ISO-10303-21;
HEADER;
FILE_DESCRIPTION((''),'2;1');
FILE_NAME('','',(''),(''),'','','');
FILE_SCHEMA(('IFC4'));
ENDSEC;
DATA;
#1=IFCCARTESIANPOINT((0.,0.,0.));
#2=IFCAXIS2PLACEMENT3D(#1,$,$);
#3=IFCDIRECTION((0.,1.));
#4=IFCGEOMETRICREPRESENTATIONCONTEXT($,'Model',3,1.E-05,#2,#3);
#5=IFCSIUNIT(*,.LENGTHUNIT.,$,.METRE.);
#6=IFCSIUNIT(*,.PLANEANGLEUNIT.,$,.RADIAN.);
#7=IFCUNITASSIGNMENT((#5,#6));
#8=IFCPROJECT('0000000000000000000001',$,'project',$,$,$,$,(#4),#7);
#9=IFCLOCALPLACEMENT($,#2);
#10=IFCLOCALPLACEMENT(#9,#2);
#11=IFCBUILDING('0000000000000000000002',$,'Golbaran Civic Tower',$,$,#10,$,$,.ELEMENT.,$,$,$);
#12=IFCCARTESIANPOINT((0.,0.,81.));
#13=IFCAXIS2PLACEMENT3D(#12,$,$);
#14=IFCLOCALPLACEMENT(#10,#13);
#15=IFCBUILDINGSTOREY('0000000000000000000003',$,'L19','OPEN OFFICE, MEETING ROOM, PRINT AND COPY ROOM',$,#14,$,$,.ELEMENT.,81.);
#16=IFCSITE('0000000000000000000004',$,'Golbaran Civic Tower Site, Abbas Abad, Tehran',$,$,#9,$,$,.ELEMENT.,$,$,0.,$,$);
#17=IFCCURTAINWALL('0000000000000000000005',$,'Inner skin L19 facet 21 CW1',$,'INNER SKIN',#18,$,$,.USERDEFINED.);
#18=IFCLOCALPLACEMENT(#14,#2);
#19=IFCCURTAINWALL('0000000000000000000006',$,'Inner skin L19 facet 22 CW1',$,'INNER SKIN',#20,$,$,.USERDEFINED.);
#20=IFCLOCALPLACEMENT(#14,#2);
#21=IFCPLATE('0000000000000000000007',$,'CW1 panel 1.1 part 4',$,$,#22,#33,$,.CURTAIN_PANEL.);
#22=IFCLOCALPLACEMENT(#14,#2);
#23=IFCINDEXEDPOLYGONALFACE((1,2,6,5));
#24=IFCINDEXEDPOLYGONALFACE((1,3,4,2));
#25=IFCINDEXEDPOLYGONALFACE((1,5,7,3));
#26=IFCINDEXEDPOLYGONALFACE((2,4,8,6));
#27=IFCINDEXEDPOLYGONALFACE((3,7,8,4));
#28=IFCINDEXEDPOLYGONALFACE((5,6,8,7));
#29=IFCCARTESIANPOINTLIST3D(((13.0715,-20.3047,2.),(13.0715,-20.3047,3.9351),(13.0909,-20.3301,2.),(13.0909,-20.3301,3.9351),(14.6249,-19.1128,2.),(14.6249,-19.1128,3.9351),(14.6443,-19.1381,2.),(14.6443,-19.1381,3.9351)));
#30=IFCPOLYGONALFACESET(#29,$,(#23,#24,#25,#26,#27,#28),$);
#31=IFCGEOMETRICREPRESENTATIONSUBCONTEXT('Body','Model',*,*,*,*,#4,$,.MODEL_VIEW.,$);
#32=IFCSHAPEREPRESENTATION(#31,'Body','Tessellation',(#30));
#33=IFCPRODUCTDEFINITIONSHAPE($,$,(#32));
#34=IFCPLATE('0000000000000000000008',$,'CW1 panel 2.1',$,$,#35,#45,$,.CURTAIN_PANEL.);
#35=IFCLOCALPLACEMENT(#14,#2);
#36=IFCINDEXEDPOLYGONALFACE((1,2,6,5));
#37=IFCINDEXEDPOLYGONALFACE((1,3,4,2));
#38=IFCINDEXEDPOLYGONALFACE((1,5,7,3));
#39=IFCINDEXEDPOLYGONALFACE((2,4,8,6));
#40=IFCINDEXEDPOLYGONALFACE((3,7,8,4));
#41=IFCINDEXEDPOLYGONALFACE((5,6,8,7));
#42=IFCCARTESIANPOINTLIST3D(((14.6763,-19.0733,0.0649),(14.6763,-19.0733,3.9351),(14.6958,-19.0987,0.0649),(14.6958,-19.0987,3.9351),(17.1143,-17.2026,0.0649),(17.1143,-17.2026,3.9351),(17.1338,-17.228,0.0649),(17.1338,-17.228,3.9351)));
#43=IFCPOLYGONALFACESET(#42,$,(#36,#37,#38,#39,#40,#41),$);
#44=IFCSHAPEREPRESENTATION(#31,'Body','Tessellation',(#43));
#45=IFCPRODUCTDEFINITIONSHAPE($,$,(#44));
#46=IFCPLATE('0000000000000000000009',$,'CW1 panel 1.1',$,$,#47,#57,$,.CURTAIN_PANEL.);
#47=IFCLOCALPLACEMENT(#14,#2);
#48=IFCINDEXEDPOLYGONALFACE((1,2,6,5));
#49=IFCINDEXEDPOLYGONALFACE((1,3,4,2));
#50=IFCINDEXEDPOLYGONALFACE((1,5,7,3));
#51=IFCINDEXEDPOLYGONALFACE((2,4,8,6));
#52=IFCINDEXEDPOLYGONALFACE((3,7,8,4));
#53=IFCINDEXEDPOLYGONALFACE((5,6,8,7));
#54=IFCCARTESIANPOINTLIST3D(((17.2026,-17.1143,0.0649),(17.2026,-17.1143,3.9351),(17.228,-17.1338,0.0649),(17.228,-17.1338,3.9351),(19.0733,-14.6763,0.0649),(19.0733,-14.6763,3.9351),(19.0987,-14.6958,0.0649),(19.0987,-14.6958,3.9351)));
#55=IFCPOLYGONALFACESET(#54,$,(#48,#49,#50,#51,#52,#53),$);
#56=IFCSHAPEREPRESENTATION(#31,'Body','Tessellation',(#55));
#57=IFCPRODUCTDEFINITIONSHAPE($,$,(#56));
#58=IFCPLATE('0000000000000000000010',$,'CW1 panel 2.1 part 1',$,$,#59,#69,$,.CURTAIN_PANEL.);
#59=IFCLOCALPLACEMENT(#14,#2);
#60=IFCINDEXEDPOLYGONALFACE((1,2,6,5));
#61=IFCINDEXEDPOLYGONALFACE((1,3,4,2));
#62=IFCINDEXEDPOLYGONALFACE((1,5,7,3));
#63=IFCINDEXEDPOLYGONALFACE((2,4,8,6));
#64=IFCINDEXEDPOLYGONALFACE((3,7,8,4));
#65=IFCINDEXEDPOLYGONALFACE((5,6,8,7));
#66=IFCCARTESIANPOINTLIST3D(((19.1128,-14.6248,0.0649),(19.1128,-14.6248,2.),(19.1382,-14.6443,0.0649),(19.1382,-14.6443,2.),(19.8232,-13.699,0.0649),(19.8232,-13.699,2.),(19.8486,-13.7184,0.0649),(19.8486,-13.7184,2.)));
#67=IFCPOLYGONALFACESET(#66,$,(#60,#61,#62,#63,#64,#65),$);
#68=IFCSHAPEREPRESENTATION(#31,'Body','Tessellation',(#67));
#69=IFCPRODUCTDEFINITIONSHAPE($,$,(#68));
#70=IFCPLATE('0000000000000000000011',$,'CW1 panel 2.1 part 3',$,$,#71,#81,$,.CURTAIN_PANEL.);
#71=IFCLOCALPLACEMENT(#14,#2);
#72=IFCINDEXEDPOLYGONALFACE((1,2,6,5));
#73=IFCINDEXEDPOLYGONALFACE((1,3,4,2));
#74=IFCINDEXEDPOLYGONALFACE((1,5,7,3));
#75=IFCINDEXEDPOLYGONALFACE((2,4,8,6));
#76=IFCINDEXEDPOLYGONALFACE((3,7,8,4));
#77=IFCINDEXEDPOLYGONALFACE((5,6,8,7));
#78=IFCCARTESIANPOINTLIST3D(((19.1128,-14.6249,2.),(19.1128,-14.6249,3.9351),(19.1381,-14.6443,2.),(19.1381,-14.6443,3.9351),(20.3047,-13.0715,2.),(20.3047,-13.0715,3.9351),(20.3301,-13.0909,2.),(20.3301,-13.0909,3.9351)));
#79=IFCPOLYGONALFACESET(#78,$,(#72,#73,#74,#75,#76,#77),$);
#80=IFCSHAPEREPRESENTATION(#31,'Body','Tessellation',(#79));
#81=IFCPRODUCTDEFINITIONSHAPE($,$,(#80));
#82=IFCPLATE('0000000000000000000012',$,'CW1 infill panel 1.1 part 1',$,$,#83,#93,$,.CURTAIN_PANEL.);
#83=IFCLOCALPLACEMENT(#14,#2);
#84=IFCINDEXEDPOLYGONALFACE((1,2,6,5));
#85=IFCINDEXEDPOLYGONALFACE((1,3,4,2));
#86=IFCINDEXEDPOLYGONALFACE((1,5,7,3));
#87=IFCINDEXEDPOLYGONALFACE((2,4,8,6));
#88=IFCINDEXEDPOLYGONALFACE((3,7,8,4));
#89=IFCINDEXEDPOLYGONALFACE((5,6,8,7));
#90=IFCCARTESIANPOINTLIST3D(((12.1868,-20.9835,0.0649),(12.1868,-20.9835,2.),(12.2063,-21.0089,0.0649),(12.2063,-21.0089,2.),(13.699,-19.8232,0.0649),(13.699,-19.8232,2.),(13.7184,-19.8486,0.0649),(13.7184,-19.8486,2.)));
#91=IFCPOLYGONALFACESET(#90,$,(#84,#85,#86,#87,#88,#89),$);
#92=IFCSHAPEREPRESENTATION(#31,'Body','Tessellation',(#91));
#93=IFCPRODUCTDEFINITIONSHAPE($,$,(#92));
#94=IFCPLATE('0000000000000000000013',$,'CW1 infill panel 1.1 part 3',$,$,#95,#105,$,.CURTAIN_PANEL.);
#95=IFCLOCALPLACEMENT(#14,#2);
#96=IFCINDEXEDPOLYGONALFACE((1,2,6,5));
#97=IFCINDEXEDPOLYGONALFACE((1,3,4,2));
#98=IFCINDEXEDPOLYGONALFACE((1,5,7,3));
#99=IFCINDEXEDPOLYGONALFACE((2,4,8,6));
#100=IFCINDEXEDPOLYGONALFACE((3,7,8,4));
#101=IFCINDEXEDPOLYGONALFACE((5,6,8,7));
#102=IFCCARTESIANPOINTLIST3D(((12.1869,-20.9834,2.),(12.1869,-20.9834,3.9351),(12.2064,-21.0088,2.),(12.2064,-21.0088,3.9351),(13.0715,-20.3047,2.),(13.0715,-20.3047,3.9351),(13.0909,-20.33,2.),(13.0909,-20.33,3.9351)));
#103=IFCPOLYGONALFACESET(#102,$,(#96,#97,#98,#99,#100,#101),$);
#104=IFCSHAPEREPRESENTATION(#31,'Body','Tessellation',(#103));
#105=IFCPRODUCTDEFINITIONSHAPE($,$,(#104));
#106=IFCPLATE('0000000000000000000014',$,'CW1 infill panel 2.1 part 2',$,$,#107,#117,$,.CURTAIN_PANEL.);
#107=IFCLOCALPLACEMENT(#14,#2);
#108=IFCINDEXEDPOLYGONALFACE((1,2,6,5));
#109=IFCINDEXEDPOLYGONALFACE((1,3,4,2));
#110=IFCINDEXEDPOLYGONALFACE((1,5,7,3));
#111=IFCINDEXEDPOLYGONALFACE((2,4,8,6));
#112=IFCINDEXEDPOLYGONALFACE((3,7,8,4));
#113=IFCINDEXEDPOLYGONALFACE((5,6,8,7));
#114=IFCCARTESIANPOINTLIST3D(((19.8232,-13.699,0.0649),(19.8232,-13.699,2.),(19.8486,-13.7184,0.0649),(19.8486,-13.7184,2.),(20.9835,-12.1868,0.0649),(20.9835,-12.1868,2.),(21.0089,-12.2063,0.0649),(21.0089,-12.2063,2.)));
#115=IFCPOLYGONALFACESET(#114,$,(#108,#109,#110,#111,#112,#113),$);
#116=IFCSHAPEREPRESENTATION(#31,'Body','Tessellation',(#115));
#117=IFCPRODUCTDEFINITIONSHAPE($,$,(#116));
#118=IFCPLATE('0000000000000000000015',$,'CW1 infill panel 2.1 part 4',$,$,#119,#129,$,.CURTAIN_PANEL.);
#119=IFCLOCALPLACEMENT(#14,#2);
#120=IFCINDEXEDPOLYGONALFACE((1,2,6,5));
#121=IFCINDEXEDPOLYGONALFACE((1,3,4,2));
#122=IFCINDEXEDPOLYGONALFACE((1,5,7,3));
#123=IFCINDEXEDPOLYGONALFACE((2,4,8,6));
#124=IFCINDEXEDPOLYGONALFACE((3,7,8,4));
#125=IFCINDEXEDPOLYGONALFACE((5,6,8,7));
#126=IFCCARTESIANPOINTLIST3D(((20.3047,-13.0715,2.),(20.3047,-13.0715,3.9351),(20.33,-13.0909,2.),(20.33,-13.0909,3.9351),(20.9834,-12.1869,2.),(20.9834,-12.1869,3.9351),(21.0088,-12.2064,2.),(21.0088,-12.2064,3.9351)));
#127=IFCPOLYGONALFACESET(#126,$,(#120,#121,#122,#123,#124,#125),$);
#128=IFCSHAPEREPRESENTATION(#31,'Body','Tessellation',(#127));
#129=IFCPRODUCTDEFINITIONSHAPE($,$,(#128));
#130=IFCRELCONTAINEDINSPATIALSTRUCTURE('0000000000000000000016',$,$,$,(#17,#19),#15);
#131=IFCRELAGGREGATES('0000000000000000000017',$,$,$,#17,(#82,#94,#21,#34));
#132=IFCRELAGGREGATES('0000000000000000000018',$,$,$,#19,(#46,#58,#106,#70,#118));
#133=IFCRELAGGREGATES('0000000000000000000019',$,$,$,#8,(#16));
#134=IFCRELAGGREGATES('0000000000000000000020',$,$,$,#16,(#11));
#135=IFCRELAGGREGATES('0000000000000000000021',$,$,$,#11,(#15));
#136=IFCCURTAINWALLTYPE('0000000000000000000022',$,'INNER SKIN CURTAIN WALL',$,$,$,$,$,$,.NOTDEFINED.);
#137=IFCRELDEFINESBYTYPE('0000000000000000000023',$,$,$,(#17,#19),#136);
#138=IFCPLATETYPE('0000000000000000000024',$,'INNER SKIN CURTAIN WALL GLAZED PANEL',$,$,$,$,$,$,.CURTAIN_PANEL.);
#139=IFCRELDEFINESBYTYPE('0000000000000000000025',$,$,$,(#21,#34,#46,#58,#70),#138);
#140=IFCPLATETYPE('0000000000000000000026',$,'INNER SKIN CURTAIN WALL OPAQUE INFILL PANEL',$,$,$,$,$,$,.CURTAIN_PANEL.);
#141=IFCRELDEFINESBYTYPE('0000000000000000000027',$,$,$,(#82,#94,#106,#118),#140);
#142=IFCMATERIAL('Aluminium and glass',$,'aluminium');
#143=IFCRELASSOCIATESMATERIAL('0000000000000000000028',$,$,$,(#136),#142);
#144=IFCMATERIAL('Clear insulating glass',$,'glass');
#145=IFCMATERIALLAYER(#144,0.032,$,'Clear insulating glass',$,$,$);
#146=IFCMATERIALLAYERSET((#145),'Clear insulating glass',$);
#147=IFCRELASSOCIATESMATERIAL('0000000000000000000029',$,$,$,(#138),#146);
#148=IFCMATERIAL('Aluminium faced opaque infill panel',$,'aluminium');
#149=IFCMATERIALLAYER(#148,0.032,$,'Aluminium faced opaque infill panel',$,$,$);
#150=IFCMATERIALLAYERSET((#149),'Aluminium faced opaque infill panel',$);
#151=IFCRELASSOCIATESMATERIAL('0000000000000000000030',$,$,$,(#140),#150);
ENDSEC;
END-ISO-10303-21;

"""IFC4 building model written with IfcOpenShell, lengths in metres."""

from ifc_helpers import new_model, si_unit, direction, frame, origin, origin_2d, place, context, subcontext, project, spatial, rectangle, extrude, material, layer, layer_set, type_object, element, aggregate, save


model = new_model("IFC4")

# Units and contexts
model_context = context("Model", 3, precision=1e-05, world=origin(), true_north=direction((0.0, 1.0)))
body_context = subcontext(model_context, "Body", "Model", "MODEL_VIEW")
ifc_project = project(units=[si_unit("LENGTHUNIT", "METRE"), si_unit("PLANEANGLEUNIT", "RADIAN")], contexts=[model_context])

# Site, building, storey
site_placement = place(None, origin())
site = spatial("IfcSite", under=ifc_project, at=site_placement, Name="Golbaran Civic Tower Site, Abbas Abad, Tehran", CompositionType="ELEMENT", RefElevation=0.0)
building_placement = place(site_placement, origin())
building = spatial("IfcBuilding", under=site, at=building_placement, Name="Golbaran Civic Tower", CompositionType="ELEMENT")
storey_placement = place(building_placement, frame((0.0, 0.0, 81.0)))
storey = spatial("IfcBuildingStorey", under=building, at=storey_placement, Name="L19", Description="OPEN OFFICE, MEETING ROOM, PRINT AND COPY ROOM", CompositionType="ELEMENT", Elevation=81.0)

# Shared definitions
ifc_material_1 = material(Name="Aluminium and glass", Category="aluminium")
curtain_wall_type = type_object("IfcCurtainWallType", Name="INNER SKIN CURTAIN WALL", PredefinedType="NOTDEFINED", material=ifc_material_1)

# Curtain walls
curtain_wall_1_placement = place(storey_placement, origin())
curtain_wall_1 = element("IfcCurtainWall", 1, at=curtain_wall_1_placement, inside=storey, type_object=curtain_wall_type, Name="Inner skin L19 facet 21 CW1", ObjectType="INNER SKIN", PredefinedType="USERDEFINED")
curtain_wall_2_placement = place(storey_placement, origin())
curtain_wall_2 = element("IfcCurtainWall", 2, at=curtain_wall_2_placement, inside=storey, type_object=curtain_wall_type, Name="Inner skin L19 facet 22 CW1", ObjectType="INNER SKIN", PredefinedType="USERDEFINED")

# Plates
ifc_material_2 = material(Name="Clear insulating glass", Category="glass")
ifc_layer_1 = layer(ifc_material_2, 0.032, Name="Clear insulating glass")
ifc_layer_set_1 = layer_set([ifc_layer_1], Name="Clear insulating glass")
plate_type_1 = type_object("IfcPlateType", Name="INNER SKIN CURTAIN WALL GLAZED PANEL", PredefinedType="CURTAIN_PANEL", material=ifc_layer_set_1)
plate_1_placement = place(storey_placement, frame((13.8579, -19.7214, 2.0), z_axis=(0.0, 0.0, 1.0), x_axis=(0.793353, 0.608761, 0.0)))
plate_1 = element("IfcPlate", 3, at=plate_1_placement, type_object=plate_type_1, Name="CW1 panel 1.1 part 4", PredefinedType="CURTAIN_PANEL", context=body_context, shape_type="SweptSolid", body=[
    extrude(rectangle(XDim=1.958, YDim=0.032, at=origin_2d()), origin(), (0.0, 0.0, 1.0), 1.9351),
])
plate_2_placement = place(storey_placement, frame((15.905, -18.1506, 0.0649), z_axis=(0.0, 0.0, 1.0), x_axis=(0.793353, 0.608761, 0.0)))
plate_2 = element("IfcPlate", 4, at=plate_2_placement, type_object=plate_type_1, Name="CW1 panel 2.1", PredefinedType="CURTAIN_PANEL", context=body_context, shape_type="SweptSolid", body=[
    extrude(rectangle(XDim=3.073, YDim=0.032, at=origin_2d()), origin(), (0.0, 0.0, 1.0), 3.8701),
])
plate_3_placement = place(storey_placement, frame((18.1506, -15.905, 0.0649), z_axis=(0.0, 0.0, 1.0), x_axis=(0.608761, 0.793353, 0.0)))
plate_3 = element("IfcPlate", 5, at=plate_3_placement, type_object=plate_type_1, Name="CW1 panel 1.1", PredefinedType="CURTAIN_PANEL", context=body_context, shape_type="SweptSolid", body=[
    extrude(rectangle(XDim=3.073, YDim=0.032, at=origin_2d()), origin(), (0.0, 0.0, 1.0), 3.8701),
])
plate_4_placement = place(storey_placement, frame((19.4807, -14.1716, 0.0649), z_axis=(0.0, 0.0, 1.0), x_axis=(0.608761, 0.793353, 0.0)))
plate_4 = element("IfcPlate", 6, at=plate_4_placement, type_object=plate_type_1, Name="CW1 panel 2.1 part 1", PredefinedType="CURTAIN_PANEL", context=body_context, shape_type="SweptSolid", body=[
    extrude(rectangle(XDim=1.167, YDim=0.032, at=origin_2d()), origin(), (0.0, 0.0, 1.0), 1.9351),
])
plate_5_placement = place(storey_placement, frame((19.7214, -13.8579, 2.0), z_axis=(0.0, 0.0, 1.0), x_axis=(0.608761, 0.793353, 0.0)))
plate_5 = element("IfcPlate", 7, at=plate_5_placement, type_object=plate_type_1, Name="CW1 panel 2.1 part 3", PredefinedType="CURTAIN_PANEL", context=body_context, shape_type="SweptSolid", body=[
    extrude(rectangle(XDim=1.958, YDim=0.032, at=origin_2d()), origin(), (0.0, 0.0, 1.0), 1.9351),
])
ifc_material_3 = material(Name="Aluminium faced opaque infill panel", Category="aluminium")
ifc_layer_2 = layer(ifc_material_3, 0.032, Name="Aluminium faced opaque infill panel")
ifc_layer_set_2 = layer_set([ifc_layer_2], Name="Aluminium faced opaque infill panel")
plate_type_2 = type_object("IfcPlateType", Name="INNER SKIN CURTAIN WALL OPAQUE INFILL PANEL", PredefinedType="CURTAIN_PANEL", material=ifc_layer_set_2)
plate_6_placement = place(storey_placement, frame((12.9526, -20.416, 0.0649), z_axis=(0.0, 0.0, 1.0), x_axis=(0.793353, 0.608761, 0.0)))
plate_6 = element("IfcPlate", 8, at=plate_6_placement, type_object=plate_type_2, Name="CW1 infill panel 1.1 part 1", PredefinedType="CURTAIN_PANEL", context=body_context, shape_type="SweptSolid", body=[
    extrude(rectangle(XDim=1.906, YDim=0.032, at=origin_2d()), origin(), (0.0, 0.0, 1.0), 1.9351),
])
plate_7_placement = place(storey_placement, frame((12.6389, -20.6567, 2.0), z_axis=(0.0, 0.0, 1.0), x_axis=(0.793353, 0.608761, 0.0)))
plate_7 = element("IfcPlate", 9, at=plate_7_placement, type_object=plate_type_2, Name="CW1 infill panel 1.1 part 3", PredefinedType="CURTAIN_PANEL", context=body_context, shape_type="SweptSolid", body=[
    extrude(rectangle(XDim=1.115, YDim=0.032, at=origin_2d()), origin(), (0.0, 0.0, 1.0), 1.9351),
])
aggregate(curtain_wall_1, [plate_6, plate_7, plate_1, plate_2])
plate_8_placement = place(storey_placement, frame((20.416, -12.9526, 0.0649), z_axis=(0.0, 0.0, 1.0), x_axis=(0.608761, 0.793353, 0.0)))
plate_8 = element("IfcPlate", 10, at=plate_8_placement, type_object=plate_type_2, Name="CW1 infill panel 2.1 part 2", PredefinedType="CURTAIN_PANEL", context=body_context, shape_type="SweptSolid", body=[
    extrude(rectangle(XDim=1.906, YDim=0.032, at=origin_2d()), origin(), (0.0, 0.0, 1.0), 1.9351),
])
plate_9_placement = place(storey_placement, frame((20.6567, -12.6389, 2.0), z_axis=(0.0, 0.0, 1.0), x_axis=(0.608761, 0.793353, 0.0)))
plate_9 = element("IfcPlate", 11, at=plate_9_placement, type_object=plate_type_2, Name="CW1 infill panel 2.1 part 4", PredefinedType="CURTAIN_PANEL", context=body_context, shape_type="SweptSolid", body=[
    extrude(rectangle(XDim=1.115, YDim=0.032, at=origin_2d()), origin(), (0.0, 0.0, 1.0), 1.9351),
])
aggregate(curtain_wall_2, [plate_3, plate_4, plate_8, plate_5, plate_9])

save(model, "model.ifc")
